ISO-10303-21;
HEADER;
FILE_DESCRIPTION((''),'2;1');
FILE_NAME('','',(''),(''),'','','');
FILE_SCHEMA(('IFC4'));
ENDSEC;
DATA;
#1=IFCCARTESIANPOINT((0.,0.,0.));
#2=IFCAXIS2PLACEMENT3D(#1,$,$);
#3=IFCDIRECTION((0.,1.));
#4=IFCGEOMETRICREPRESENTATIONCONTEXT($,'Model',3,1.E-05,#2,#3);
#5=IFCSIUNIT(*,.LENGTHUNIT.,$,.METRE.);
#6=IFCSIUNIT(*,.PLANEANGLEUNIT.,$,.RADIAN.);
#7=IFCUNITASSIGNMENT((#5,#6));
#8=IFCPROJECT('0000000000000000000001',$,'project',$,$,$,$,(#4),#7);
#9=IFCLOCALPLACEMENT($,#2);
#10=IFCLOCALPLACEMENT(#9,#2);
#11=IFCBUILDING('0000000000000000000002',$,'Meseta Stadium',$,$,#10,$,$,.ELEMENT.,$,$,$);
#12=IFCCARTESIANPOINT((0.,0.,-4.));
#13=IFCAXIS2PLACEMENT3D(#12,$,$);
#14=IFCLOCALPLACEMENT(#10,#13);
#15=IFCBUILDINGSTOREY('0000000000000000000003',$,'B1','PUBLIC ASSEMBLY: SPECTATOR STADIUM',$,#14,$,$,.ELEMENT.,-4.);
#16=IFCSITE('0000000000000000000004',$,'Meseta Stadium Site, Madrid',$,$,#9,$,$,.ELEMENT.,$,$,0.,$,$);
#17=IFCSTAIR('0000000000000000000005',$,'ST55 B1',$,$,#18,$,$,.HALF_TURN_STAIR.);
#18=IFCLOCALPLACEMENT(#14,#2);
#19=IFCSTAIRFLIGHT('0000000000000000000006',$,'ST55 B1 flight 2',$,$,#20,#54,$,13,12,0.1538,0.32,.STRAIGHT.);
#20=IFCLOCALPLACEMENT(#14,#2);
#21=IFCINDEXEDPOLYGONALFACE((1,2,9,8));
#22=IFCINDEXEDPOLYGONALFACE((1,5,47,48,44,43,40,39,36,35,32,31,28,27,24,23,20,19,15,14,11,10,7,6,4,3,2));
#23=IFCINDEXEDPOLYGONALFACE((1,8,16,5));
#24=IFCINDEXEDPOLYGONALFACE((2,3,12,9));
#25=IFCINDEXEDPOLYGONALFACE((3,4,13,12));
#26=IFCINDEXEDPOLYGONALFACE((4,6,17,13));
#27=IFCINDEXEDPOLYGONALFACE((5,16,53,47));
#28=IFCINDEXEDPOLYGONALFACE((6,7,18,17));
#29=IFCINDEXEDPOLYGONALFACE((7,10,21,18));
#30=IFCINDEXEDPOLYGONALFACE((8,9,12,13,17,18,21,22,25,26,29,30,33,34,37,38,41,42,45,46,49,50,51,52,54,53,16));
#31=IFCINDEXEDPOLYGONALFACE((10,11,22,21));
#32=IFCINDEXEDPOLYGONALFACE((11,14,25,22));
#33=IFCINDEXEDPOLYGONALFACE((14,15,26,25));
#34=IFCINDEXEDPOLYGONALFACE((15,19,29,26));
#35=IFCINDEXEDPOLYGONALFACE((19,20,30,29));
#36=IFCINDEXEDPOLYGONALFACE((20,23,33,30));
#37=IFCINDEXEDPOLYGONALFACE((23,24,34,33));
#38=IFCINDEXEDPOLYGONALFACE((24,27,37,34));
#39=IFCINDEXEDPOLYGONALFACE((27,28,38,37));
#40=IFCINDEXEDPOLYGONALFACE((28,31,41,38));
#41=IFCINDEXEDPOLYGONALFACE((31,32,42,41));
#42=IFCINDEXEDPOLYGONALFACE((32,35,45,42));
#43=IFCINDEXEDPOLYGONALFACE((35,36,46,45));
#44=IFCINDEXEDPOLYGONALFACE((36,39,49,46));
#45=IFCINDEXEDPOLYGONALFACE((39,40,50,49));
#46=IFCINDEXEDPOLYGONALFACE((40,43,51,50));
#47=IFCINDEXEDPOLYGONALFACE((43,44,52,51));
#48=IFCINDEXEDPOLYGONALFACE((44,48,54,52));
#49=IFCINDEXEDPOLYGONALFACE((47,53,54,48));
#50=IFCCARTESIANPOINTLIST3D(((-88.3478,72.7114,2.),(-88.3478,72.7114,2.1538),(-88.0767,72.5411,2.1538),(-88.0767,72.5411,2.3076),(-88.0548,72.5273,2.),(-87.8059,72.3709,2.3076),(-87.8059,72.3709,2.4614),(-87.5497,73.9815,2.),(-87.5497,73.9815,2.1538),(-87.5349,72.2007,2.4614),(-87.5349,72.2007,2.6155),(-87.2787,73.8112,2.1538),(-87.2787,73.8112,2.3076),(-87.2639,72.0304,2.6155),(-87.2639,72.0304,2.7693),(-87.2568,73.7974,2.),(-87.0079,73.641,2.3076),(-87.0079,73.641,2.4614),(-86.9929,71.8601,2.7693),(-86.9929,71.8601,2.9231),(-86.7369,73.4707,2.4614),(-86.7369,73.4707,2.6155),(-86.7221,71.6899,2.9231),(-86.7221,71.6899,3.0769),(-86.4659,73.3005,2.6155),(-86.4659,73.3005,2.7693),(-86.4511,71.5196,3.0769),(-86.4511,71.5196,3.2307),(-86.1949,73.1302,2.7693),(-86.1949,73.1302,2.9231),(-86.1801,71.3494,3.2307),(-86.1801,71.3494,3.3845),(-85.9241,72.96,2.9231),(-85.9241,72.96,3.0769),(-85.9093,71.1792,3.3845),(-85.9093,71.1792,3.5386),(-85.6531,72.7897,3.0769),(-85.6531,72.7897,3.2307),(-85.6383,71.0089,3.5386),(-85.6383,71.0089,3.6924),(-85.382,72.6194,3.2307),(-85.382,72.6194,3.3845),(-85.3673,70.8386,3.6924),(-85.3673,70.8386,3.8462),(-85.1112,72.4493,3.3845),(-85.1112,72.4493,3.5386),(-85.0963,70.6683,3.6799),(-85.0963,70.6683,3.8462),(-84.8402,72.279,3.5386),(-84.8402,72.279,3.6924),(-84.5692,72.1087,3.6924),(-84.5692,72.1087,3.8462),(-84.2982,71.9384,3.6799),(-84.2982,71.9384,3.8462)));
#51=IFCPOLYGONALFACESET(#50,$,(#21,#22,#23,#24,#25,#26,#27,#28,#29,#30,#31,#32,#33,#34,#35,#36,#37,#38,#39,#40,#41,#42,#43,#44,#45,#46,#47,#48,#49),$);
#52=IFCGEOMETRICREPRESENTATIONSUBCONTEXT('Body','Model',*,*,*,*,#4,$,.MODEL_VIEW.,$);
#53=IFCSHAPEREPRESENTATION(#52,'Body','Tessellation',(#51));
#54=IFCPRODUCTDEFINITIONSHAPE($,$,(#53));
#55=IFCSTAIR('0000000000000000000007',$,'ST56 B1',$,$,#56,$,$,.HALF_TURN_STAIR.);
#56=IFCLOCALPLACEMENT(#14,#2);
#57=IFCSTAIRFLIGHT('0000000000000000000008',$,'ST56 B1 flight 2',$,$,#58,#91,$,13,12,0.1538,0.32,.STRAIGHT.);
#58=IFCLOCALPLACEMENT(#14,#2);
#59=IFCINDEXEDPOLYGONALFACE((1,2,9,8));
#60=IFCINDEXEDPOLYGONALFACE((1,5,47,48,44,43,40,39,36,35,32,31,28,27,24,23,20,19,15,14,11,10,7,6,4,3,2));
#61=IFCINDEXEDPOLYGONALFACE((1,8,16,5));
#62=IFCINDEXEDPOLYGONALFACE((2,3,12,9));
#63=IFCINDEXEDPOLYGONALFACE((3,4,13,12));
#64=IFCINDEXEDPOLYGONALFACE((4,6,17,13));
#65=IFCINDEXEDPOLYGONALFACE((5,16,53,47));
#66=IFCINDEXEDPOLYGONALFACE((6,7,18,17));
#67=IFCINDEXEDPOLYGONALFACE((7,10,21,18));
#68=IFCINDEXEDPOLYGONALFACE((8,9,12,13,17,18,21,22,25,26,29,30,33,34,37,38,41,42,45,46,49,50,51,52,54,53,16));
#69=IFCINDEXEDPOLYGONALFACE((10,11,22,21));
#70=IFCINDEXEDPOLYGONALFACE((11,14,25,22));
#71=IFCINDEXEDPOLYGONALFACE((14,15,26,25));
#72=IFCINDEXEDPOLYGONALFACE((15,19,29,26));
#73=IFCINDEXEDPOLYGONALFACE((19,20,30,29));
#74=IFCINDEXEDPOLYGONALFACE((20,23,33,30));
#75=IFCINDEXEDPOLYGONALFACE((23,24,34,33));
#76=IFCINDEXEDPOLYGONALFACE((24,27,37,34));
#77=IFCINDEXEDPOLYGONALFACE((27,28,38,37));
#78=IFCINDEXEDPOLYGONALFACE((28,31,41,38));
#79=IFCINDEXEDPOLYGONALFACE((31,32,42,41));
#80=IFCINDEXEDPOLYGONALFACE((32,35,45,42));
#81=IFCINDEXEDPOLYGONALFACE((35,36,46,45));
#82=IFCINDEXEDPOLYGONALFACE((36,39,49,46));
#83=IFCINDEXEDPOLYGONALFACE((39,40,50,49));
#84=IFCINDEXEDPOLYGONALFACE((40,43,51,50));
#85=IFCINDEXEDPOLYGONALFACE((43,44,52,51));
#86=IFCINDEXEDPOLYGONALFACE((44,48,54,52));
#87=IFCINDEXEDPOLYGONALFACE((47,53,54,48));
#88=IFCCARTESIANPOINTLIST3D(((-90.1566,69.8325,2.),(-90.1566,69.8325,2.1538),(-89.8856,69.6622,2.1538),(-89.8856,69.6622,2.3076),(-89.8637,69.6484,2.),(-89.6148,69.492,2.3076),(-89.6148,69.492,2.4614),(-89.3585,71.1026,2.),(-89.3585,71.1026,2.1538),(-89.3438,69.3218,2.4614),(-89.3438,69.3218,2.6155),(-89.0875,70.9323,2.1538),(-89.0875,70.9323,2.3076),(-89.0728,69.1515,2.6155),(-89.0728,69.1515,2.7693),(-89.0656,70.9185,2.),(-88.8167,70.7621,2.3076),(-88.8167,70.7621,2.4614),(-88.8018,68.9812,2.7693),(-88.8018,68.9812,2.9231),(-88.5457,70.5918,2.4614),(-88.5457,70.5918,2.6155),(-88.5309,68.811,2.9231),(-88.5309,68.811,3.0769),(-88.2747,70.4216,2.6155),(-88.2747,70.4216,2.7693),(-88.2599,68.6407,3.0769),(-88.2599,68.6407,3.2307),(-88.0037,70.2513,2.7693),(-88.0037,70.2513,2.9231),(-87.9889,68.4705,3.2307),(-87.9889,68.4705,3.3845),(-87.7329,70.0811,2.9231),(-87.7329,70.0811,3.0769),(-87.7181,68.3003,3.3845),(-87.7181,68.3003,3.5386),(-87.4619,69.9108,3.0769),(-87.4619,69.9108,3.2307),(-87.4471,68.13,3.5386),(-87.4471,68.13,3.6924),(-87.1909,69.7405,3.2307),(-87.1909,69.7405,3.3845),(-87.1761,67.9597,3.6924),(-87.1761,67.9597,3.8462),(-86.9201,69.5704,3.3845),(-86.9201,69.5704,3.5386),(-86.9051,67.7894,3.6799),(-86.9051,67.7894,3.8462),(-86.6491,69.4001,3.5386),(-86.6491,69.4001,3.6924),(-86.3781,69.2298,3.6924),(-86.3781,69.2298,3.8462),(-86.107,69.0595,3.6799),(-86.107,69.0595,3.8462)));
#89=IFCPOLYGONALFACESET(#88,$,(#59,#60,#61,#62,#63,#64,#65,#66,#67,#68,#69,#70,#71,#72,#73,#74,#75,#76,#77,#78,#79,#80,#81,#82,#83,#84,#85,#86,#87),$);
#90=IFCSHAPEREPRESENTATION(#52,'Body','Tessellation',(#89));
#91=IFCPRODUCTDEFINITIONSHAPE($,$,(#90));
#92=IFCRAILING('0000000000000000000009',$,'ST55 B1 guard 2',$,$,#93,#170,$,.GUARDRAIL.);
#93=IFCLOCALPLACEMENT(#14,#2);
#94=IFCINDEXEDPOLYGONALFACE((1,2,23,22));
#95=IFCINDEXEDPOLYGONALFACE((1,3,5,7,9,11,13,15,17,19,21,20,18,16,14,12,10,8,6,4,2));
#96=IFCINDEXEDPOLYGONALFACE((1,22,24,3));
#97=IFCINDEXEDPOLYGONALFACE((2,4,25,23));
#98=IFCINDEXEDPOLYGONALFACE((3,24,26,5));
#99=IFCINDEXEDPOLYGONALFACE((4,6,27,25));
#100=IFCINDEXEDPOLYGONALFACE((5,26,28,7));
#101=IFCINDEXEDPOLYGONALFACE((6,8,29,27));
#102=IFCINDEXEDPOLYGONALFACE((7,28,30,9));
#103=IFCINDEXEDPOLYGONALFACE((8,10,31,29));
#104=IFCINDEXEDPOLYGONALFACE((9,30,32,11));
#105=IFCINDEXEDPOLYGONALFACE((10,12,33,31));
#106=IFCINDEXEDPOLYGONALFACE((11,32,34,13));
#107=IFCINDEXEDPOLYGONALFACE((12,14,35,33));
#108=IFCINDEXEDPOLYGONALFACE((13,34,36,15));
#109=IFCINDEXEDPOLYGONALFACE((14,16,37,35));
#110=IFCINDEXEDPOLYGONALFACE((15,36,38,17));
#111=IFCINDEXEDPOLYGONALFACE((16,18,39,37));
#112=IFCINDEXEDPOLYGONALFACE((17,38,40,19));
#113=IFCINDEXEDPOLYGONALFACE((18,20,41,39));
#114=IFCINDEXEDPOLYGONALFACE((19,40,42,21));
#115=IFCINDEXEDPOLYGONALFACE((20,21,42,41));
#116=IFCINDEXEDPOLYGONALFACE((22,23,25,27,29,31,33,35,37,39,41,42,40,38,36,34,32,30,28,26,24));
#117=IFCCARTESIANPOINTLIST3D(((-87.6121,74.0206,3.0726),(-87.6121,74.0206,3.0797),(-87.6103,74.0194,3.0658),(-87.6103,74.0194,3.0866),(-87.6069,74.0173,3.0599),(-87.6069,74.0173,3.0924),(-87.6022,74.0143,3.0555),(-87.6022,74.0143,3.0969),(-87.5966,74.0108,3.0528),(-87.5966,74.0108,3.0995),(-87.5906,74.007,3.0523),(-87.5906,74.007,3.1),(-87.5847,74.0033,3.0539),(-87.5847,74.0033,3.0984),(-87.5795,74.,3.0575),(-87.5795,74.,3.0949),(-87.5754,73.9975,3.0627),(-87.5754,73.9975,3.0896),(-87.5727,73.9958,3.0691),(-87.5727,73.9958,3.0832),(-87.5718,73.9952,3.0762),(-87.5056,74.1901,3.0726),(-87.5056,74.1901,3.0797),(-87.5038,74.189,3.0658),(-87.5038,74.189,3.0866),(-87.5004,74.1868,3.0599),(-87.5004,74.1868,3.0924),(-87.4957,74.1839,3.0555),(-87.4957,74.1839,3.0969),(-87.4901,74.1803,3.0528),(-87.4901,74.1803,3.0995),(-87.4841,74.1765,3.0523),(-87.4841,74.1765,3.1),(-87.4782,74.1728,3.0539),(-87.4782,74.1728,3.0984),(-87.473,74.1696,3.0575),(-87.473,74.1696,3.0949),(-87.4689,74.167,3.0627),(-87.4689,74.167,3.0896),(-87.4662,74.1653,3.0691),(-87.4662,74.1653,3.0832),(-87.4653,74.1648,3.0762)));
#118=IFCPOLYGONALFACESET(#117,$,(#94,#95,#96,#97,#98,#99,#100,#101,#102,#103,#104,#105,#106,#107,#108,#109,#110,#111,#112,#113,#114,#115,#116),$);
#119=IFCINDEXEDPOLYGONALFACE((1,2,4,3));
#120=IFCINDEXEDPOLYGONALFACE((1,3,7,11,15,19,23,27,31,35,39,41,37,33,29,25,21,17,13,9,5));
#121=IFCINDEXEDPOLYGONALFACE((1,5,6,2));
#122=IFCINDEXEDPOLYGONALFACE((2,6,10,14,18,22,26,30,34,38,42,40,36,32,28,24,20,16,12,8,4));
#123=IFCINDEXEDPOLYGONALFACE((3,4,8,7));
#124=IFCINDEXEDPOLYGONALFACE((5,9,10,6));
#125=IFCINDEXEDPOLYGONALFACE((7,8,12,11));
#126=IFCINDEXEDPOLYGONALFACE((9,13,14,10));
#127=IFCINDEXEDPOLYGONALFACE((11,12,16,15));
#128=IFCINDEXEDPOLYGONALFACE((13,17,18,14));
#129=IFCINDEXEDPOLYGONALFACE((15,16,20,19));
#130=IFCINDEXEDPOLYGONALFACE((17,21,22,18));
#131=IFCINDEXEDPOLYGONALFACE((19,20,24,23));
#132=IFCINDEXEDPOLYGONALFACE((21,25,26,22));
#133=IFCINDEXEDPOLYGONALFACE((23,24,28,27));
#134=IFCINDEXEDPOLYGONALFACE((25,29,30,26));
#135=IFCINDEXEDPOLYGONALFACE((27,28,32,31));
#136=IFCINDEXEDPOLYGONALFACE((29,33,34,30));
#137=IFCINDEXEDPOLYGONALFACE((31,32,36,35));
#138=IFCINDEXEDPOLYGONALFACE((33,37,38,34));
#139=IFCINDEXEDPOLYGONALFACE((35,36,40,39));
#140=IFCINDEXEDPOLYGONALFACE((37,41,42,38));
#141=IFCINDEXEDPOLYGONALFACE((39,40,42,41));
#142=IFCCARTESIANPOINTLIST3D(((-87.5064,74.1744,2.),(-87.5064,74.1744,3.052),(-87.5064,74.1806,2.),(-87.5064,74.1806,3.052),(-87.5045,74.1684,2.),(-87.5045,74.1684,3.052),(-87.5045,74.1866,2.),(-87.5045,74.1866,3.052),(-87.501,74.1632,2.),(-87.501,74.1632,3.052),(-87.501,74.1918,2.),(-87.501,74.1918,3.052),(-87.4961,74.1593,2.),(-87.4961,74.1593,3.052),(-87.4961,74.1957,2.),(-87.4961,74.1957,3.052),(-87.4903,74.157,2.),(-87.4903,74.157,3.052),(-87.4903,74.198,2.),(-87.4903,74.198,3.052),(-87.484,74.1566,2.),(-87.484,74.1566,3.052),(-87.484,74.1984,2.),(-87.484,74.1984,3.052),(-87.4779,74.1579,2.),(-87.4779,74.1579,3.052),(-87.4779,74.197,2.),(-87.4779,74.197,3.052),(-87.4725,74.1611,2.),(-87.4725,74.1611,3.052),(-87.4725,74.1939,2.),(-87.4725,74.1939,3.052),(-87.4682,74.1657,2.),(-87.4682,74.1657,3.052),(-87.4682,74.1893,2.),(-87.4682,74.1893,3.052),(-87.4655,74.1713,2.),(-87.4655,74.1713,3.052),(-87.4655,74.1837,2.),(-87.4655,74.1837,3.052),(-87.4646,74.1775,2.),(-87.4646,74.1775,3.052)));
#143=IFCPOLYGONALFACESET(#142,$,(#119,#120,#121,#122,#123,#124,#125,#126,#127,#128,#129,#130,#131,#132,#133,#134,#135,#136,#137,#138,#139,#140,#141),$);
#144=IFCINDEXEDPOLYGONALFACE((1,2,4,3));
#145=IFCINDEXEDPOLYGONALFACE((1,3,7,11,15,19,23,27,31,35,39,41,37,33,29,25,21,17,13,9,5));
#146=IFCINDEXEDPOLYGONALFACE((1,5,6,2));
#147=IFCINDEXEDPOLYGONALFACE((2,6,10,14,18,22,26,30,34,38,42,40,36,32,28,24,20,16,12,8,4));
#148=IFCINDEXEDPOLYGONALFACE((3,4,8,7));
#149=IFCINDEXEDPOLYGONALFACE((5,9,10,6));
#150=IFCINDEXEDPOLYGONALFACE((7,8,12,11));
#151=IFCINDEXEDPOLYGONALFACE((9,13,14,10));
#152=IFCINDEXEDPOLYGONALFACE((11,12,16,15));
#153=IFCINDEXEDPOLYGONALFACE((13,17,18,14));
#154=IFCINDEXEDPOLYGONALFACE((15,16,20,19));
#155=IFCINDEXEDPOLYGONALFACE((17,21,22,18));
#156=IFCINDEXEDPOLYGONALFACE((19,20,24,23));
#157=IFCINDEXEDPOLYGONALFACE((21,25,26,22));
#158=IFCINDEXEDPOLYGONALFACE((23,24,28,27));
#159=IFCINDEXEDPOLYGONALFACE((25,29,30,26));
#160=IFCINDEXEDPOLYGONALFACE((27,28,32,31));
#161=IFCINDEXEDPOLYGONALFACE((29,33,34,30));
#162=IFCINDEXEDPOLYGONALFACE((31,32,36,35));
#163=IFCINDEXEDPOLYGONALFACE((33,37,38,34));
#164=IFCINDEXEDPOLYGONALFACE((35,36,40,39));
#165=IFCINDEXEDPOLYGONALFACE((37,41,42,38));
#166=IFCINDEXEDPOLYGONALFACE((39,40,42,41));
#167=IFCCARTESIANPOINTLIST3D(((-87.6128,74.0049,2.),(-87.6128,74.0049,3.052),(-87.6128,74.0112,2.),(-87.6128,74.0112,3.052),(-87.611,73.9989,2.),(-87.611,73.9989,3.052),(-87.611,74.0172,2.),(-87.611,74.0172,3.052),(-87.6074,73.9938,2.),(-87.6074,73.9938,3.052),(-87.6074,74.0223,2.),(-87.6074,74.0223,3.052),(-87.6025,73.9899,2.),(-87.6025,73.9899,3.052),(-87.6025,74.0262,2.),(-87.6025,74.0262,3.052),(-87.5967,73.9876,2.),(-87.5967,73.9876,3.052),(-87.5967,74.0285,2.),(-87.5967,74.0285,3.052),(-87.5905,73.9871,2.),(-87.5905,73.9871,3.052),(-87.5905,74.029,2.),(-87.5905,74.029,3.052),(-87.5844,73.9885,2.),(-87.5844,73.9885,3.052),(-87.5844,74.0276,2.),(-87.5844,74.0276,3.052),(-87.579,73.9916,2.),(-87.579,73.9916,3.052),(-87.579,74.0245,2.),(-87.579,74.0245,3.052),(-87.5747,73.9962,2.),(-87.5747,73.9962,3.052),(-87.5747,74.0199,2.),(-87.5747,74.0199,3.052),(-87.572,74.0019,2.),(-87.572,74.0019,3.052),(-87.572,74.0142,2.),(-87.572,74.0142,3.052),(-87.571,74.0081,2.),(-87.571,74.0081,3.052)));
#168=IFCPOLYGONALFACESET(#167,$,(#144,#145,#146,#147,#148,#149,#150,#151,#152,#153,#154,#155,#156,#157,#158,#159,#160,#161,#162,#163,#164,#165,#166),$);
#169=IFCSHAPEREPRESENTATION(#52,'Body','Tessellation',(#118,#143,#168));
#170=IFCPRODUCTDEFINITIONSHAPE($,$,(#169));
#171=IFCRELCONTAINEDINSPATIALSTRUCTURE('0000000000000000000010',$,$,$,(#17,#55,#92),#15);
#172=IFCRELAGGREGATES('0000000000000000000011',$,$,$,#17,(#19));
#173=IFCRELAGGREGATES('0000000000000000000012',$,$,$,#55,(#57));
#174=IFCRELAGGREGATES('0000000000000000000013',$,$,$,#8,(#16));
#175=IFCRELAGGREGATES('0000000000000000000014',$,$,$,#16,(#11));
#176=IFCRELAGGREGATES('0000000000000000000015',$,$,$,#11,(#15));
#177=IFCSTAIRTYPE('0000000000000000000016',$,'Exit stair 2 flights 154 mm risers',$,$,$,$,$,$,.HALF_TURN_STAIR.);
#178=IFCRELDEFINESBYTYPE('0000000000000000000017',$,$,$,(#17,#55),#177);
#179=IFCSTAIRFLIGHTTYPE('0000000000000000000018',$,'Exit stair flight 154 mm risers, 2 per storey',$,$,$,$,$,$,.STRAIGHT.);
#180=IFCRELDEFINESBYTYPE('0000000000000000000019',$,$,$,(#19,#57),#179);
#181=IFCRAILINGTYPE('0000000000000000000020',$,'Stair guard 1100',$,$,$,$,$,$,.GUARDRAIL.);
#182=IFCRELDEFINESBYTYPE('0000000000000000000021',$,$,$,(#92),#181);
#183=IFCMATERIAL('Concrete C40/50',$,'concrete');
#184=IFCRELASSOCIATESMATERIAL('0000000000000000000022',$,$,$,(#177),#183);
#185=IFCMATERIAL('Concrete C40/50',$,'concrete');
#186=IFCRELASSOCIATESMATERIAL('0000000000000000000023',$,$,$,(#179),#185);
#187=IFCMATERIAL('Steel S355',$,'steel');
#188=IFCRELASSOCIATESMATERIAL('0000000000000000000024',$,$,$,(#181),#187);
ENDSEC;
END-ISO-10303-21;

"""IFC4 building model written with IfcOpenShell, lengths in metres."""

from ifc_helpers import new_model, si_unit, direction, frame, origin, origin_2d, place, context, subcontext, project, spatial, polyline, circle, outline, extrude, material, type_object, element, aggregate, save


model = new_model("IFC4")

# Units and contexts
model_context = context("Model", 3, precision=1e-05, world=origin(), true_north=direction((0.0, 1.0)))
body_context = subcontext(model_context, "Body", "Model", "MODEL_VIEW")
ifc_project = project(units=[si_unit("LENGTHUNIT", "METRE"), si_unit("PLANEANGLEUNIT", "RADIAN")], contexts=[model_context])

# Site, building, storey
site_placement = place(None, origin())
site = spatial("IfcSite", under=ifc_project, at=site_placement, Name="Meseta Stadium Site, Madrid", CompositionType="ELEMENT", RefElevation=0.0)
building_placement = place(site_placement, origin())
building = spatial("IfcBuilding", under=site, at=building_placement, Name="Meseta Stadium", CompositionType="ELEMENT")
storey_placement = place(building_placement, frame((0.0, 0.0, -4.0)))
storey = spatial("IfcBuildingStorey", under=building, at=storey_placement, Name="B1", Description="PUBLIC ASSEMBLY: SPECTATOR STADIUM", CompositionType="ELEMENT", Elevation=-4.0)

# Stairs, stair flights
ifc_material_1 = material(Name="Concrete C40/50", Category="concrete")
stair_type = type_object("IfcStairType", Name="Exit stair 2 flights 154 mm risers", PredefinedType="HALF_TURN_STAIR", material=ifc_material_1)
stair_1_placement = place(storey_placement, origin())
stair_1 = element("IfcStair", 1, at=stair_1_placement, inside=storey, type_object=stair_type, Name="ST55 B1", PredefinedType="HALF_TURN_STAIR")
ifc_material_2 = material(Name="Concrete C40/50", Category="concrete")
stair_flight_type = type_object("IfcStairFlightType", Name="Exit stair flight 154 mm risers, 2 per storey", PredefinedType="STRAIGHT", material=ifc_material_2)
stair_flight_1_placement = place(storey_placement, frame((-87.9487, 73.3464, 2.0), z_axis=(0.0, 0.0, 1.0), x_axis=(0.846724, -0.532032, 0.0)))
stair_flight_1 = element("IfcStairFlight", 2, at=stair_flight_1_placement, type_object=stair_flight_type, Name="ST55 B1 flight 2", NumberOfRisers=13, NumberOfTreads=12, PredefinedType="STRAIGHT", RiserHeight=0.1538, TreadLength=0.32, context=body_context, shape_type="SweptSolid", body=[
    extrude(outline(polyline([(0.0, 0.0), (0.0, 0.1538), (0.3201, 0.1538), (0.3201, 0.3076), (0.6399, 0.3076), (0.6399, 0.4614), (0.96, 0.4614), (0.96, 0.6155), (1.28, 0.6155), (1.28, 0.7693), (1.6001, 0.7693), (1.6001, 0.9231), (1.9199, 0.9231), (1.9199, 1.0769), (2.24, 1.0769), (2.24, 1.2307), (2.5601, 1.2307), (2.5601, 1.3845), (2.8799, 1.3845), (2.8799, 1.5386), (3.2, 1.5386), (3.2, 1.6924), (3.52, 1.6924), (3.52, 1.8462), (3.8401, 1.8462), (3.8401, 1.6799), (0.3459, 0.0), (0.0, 0.0)])), frame((0.0, 0.75, 0.0), z_axis=(0.0, -1.0, 0.0), x_axis=(1.0, 0.0, 0.0)), (0.0, 0.0, 1.0), 1.5),
])
aggregate(stair_1, [stair_flight_1])
stair_2_placement = place(storey_placement, origin())
stair_2 = element("IfcStair", 3, at=stair_2_placement, inside=storey, type_object=stair_type, Name="ST56 B1", PredefinedType="HALF_TURN_STAIR")
stair_flight_2_placement = place(storey_placement, frame((-89.7576, 70.4675, 2.0), z_axis=(0.0, 0.0, 1.0), x_axis=(0.846724, -0.532032, 0.0)))
stair_flight_2 = element("IfcStairFlight", 4, at=stair_flight_2_placement, type_object=stair_flight_type, Name="ST56 B1 flight 2", NumberOfRisers=13, NumberOfTreads=12, PredefinedType="STRAIGHT", RiserHeight=0.1538, TreadLength=0.32, context=body_context, shape_type="SweptSolid", body=[
    extrude(outline(polyline([(0.0, 0.0), (0.0, 0.1538), (0.3201, 0.1538), (0.3201, 0.3076), (0.6399, 0.3076), (0.6399, 0.4614), (0.96, 0.4614), (0.96, 0.6155), (1.28, 0.6155), (1.28, 0.7693), (1.6001, 0.7693), (1.6001, 0.9231), (1.9199, 0.9231), (1.9199, 1.0769), (2.24, 1.0769), (2.24, 1.2307), (2.5601, 1.2307), (2.5601, 1.3845), (2.8799, 1.3845), (2.8799, 1.5386), (3.2, 1.5386), (3.2, 1.6924), (3.52, 1.6924), (3.52, 1.8462), (3.8401, 1.8462), (3.8401, 1.6799), (0.3459, 0.0), (0.0, 0.0)])), frame((0.0, 0.75, 0.0), z_axis=(0.0, -1.0, 0.0), x_axis=(1.0, 0.0, 0.0)), (0.0, 0.0, 1.0), 1.5),
])
aggregate(stair_2, [stair_flight_2])

# Railing
ifc_material_3 = material(Name="Steel S355", Category="steel")
railing_type_1 = type_object("IfcRailingType", Name="Stair guard 1100", PredefinedType="GUARDRAIL", material=ifc_material_3)
railing_1_placement = place(storey_placement, frame((-87.4856, 74.1775, 2.0)))
element("IfcRailing", 5, at=railing_1_placement, inside=storey, type_object=railing_type_1, Name="ST55 B1 guard 2", PredefinedType="GUARDRAIL", context=body_context, shape_type="SweptSolid", body=[
    extrude(circle(Radius=0.0239, at=origin_2d()), frame((0.0, 0.0, 1.0762), z_axis=(-0.531972, -0.846762, 0.0), x_axis=(0.846762, -0.531972, 0.0)), (0.0, 0.0, 1.0), 0.2002),
    extrude(circle(Radius=0.021, at=origin_2d()), origin(), (0.0, 0.0, 1.0), 1.052),
    extrude(circle(Radius=0.021, at=origin_2d()), frame((-0.1064, -0.1694, 0.0)), (0.0, 0.0, 1.0), 1.052),
])

save(model, "model.ifc")
